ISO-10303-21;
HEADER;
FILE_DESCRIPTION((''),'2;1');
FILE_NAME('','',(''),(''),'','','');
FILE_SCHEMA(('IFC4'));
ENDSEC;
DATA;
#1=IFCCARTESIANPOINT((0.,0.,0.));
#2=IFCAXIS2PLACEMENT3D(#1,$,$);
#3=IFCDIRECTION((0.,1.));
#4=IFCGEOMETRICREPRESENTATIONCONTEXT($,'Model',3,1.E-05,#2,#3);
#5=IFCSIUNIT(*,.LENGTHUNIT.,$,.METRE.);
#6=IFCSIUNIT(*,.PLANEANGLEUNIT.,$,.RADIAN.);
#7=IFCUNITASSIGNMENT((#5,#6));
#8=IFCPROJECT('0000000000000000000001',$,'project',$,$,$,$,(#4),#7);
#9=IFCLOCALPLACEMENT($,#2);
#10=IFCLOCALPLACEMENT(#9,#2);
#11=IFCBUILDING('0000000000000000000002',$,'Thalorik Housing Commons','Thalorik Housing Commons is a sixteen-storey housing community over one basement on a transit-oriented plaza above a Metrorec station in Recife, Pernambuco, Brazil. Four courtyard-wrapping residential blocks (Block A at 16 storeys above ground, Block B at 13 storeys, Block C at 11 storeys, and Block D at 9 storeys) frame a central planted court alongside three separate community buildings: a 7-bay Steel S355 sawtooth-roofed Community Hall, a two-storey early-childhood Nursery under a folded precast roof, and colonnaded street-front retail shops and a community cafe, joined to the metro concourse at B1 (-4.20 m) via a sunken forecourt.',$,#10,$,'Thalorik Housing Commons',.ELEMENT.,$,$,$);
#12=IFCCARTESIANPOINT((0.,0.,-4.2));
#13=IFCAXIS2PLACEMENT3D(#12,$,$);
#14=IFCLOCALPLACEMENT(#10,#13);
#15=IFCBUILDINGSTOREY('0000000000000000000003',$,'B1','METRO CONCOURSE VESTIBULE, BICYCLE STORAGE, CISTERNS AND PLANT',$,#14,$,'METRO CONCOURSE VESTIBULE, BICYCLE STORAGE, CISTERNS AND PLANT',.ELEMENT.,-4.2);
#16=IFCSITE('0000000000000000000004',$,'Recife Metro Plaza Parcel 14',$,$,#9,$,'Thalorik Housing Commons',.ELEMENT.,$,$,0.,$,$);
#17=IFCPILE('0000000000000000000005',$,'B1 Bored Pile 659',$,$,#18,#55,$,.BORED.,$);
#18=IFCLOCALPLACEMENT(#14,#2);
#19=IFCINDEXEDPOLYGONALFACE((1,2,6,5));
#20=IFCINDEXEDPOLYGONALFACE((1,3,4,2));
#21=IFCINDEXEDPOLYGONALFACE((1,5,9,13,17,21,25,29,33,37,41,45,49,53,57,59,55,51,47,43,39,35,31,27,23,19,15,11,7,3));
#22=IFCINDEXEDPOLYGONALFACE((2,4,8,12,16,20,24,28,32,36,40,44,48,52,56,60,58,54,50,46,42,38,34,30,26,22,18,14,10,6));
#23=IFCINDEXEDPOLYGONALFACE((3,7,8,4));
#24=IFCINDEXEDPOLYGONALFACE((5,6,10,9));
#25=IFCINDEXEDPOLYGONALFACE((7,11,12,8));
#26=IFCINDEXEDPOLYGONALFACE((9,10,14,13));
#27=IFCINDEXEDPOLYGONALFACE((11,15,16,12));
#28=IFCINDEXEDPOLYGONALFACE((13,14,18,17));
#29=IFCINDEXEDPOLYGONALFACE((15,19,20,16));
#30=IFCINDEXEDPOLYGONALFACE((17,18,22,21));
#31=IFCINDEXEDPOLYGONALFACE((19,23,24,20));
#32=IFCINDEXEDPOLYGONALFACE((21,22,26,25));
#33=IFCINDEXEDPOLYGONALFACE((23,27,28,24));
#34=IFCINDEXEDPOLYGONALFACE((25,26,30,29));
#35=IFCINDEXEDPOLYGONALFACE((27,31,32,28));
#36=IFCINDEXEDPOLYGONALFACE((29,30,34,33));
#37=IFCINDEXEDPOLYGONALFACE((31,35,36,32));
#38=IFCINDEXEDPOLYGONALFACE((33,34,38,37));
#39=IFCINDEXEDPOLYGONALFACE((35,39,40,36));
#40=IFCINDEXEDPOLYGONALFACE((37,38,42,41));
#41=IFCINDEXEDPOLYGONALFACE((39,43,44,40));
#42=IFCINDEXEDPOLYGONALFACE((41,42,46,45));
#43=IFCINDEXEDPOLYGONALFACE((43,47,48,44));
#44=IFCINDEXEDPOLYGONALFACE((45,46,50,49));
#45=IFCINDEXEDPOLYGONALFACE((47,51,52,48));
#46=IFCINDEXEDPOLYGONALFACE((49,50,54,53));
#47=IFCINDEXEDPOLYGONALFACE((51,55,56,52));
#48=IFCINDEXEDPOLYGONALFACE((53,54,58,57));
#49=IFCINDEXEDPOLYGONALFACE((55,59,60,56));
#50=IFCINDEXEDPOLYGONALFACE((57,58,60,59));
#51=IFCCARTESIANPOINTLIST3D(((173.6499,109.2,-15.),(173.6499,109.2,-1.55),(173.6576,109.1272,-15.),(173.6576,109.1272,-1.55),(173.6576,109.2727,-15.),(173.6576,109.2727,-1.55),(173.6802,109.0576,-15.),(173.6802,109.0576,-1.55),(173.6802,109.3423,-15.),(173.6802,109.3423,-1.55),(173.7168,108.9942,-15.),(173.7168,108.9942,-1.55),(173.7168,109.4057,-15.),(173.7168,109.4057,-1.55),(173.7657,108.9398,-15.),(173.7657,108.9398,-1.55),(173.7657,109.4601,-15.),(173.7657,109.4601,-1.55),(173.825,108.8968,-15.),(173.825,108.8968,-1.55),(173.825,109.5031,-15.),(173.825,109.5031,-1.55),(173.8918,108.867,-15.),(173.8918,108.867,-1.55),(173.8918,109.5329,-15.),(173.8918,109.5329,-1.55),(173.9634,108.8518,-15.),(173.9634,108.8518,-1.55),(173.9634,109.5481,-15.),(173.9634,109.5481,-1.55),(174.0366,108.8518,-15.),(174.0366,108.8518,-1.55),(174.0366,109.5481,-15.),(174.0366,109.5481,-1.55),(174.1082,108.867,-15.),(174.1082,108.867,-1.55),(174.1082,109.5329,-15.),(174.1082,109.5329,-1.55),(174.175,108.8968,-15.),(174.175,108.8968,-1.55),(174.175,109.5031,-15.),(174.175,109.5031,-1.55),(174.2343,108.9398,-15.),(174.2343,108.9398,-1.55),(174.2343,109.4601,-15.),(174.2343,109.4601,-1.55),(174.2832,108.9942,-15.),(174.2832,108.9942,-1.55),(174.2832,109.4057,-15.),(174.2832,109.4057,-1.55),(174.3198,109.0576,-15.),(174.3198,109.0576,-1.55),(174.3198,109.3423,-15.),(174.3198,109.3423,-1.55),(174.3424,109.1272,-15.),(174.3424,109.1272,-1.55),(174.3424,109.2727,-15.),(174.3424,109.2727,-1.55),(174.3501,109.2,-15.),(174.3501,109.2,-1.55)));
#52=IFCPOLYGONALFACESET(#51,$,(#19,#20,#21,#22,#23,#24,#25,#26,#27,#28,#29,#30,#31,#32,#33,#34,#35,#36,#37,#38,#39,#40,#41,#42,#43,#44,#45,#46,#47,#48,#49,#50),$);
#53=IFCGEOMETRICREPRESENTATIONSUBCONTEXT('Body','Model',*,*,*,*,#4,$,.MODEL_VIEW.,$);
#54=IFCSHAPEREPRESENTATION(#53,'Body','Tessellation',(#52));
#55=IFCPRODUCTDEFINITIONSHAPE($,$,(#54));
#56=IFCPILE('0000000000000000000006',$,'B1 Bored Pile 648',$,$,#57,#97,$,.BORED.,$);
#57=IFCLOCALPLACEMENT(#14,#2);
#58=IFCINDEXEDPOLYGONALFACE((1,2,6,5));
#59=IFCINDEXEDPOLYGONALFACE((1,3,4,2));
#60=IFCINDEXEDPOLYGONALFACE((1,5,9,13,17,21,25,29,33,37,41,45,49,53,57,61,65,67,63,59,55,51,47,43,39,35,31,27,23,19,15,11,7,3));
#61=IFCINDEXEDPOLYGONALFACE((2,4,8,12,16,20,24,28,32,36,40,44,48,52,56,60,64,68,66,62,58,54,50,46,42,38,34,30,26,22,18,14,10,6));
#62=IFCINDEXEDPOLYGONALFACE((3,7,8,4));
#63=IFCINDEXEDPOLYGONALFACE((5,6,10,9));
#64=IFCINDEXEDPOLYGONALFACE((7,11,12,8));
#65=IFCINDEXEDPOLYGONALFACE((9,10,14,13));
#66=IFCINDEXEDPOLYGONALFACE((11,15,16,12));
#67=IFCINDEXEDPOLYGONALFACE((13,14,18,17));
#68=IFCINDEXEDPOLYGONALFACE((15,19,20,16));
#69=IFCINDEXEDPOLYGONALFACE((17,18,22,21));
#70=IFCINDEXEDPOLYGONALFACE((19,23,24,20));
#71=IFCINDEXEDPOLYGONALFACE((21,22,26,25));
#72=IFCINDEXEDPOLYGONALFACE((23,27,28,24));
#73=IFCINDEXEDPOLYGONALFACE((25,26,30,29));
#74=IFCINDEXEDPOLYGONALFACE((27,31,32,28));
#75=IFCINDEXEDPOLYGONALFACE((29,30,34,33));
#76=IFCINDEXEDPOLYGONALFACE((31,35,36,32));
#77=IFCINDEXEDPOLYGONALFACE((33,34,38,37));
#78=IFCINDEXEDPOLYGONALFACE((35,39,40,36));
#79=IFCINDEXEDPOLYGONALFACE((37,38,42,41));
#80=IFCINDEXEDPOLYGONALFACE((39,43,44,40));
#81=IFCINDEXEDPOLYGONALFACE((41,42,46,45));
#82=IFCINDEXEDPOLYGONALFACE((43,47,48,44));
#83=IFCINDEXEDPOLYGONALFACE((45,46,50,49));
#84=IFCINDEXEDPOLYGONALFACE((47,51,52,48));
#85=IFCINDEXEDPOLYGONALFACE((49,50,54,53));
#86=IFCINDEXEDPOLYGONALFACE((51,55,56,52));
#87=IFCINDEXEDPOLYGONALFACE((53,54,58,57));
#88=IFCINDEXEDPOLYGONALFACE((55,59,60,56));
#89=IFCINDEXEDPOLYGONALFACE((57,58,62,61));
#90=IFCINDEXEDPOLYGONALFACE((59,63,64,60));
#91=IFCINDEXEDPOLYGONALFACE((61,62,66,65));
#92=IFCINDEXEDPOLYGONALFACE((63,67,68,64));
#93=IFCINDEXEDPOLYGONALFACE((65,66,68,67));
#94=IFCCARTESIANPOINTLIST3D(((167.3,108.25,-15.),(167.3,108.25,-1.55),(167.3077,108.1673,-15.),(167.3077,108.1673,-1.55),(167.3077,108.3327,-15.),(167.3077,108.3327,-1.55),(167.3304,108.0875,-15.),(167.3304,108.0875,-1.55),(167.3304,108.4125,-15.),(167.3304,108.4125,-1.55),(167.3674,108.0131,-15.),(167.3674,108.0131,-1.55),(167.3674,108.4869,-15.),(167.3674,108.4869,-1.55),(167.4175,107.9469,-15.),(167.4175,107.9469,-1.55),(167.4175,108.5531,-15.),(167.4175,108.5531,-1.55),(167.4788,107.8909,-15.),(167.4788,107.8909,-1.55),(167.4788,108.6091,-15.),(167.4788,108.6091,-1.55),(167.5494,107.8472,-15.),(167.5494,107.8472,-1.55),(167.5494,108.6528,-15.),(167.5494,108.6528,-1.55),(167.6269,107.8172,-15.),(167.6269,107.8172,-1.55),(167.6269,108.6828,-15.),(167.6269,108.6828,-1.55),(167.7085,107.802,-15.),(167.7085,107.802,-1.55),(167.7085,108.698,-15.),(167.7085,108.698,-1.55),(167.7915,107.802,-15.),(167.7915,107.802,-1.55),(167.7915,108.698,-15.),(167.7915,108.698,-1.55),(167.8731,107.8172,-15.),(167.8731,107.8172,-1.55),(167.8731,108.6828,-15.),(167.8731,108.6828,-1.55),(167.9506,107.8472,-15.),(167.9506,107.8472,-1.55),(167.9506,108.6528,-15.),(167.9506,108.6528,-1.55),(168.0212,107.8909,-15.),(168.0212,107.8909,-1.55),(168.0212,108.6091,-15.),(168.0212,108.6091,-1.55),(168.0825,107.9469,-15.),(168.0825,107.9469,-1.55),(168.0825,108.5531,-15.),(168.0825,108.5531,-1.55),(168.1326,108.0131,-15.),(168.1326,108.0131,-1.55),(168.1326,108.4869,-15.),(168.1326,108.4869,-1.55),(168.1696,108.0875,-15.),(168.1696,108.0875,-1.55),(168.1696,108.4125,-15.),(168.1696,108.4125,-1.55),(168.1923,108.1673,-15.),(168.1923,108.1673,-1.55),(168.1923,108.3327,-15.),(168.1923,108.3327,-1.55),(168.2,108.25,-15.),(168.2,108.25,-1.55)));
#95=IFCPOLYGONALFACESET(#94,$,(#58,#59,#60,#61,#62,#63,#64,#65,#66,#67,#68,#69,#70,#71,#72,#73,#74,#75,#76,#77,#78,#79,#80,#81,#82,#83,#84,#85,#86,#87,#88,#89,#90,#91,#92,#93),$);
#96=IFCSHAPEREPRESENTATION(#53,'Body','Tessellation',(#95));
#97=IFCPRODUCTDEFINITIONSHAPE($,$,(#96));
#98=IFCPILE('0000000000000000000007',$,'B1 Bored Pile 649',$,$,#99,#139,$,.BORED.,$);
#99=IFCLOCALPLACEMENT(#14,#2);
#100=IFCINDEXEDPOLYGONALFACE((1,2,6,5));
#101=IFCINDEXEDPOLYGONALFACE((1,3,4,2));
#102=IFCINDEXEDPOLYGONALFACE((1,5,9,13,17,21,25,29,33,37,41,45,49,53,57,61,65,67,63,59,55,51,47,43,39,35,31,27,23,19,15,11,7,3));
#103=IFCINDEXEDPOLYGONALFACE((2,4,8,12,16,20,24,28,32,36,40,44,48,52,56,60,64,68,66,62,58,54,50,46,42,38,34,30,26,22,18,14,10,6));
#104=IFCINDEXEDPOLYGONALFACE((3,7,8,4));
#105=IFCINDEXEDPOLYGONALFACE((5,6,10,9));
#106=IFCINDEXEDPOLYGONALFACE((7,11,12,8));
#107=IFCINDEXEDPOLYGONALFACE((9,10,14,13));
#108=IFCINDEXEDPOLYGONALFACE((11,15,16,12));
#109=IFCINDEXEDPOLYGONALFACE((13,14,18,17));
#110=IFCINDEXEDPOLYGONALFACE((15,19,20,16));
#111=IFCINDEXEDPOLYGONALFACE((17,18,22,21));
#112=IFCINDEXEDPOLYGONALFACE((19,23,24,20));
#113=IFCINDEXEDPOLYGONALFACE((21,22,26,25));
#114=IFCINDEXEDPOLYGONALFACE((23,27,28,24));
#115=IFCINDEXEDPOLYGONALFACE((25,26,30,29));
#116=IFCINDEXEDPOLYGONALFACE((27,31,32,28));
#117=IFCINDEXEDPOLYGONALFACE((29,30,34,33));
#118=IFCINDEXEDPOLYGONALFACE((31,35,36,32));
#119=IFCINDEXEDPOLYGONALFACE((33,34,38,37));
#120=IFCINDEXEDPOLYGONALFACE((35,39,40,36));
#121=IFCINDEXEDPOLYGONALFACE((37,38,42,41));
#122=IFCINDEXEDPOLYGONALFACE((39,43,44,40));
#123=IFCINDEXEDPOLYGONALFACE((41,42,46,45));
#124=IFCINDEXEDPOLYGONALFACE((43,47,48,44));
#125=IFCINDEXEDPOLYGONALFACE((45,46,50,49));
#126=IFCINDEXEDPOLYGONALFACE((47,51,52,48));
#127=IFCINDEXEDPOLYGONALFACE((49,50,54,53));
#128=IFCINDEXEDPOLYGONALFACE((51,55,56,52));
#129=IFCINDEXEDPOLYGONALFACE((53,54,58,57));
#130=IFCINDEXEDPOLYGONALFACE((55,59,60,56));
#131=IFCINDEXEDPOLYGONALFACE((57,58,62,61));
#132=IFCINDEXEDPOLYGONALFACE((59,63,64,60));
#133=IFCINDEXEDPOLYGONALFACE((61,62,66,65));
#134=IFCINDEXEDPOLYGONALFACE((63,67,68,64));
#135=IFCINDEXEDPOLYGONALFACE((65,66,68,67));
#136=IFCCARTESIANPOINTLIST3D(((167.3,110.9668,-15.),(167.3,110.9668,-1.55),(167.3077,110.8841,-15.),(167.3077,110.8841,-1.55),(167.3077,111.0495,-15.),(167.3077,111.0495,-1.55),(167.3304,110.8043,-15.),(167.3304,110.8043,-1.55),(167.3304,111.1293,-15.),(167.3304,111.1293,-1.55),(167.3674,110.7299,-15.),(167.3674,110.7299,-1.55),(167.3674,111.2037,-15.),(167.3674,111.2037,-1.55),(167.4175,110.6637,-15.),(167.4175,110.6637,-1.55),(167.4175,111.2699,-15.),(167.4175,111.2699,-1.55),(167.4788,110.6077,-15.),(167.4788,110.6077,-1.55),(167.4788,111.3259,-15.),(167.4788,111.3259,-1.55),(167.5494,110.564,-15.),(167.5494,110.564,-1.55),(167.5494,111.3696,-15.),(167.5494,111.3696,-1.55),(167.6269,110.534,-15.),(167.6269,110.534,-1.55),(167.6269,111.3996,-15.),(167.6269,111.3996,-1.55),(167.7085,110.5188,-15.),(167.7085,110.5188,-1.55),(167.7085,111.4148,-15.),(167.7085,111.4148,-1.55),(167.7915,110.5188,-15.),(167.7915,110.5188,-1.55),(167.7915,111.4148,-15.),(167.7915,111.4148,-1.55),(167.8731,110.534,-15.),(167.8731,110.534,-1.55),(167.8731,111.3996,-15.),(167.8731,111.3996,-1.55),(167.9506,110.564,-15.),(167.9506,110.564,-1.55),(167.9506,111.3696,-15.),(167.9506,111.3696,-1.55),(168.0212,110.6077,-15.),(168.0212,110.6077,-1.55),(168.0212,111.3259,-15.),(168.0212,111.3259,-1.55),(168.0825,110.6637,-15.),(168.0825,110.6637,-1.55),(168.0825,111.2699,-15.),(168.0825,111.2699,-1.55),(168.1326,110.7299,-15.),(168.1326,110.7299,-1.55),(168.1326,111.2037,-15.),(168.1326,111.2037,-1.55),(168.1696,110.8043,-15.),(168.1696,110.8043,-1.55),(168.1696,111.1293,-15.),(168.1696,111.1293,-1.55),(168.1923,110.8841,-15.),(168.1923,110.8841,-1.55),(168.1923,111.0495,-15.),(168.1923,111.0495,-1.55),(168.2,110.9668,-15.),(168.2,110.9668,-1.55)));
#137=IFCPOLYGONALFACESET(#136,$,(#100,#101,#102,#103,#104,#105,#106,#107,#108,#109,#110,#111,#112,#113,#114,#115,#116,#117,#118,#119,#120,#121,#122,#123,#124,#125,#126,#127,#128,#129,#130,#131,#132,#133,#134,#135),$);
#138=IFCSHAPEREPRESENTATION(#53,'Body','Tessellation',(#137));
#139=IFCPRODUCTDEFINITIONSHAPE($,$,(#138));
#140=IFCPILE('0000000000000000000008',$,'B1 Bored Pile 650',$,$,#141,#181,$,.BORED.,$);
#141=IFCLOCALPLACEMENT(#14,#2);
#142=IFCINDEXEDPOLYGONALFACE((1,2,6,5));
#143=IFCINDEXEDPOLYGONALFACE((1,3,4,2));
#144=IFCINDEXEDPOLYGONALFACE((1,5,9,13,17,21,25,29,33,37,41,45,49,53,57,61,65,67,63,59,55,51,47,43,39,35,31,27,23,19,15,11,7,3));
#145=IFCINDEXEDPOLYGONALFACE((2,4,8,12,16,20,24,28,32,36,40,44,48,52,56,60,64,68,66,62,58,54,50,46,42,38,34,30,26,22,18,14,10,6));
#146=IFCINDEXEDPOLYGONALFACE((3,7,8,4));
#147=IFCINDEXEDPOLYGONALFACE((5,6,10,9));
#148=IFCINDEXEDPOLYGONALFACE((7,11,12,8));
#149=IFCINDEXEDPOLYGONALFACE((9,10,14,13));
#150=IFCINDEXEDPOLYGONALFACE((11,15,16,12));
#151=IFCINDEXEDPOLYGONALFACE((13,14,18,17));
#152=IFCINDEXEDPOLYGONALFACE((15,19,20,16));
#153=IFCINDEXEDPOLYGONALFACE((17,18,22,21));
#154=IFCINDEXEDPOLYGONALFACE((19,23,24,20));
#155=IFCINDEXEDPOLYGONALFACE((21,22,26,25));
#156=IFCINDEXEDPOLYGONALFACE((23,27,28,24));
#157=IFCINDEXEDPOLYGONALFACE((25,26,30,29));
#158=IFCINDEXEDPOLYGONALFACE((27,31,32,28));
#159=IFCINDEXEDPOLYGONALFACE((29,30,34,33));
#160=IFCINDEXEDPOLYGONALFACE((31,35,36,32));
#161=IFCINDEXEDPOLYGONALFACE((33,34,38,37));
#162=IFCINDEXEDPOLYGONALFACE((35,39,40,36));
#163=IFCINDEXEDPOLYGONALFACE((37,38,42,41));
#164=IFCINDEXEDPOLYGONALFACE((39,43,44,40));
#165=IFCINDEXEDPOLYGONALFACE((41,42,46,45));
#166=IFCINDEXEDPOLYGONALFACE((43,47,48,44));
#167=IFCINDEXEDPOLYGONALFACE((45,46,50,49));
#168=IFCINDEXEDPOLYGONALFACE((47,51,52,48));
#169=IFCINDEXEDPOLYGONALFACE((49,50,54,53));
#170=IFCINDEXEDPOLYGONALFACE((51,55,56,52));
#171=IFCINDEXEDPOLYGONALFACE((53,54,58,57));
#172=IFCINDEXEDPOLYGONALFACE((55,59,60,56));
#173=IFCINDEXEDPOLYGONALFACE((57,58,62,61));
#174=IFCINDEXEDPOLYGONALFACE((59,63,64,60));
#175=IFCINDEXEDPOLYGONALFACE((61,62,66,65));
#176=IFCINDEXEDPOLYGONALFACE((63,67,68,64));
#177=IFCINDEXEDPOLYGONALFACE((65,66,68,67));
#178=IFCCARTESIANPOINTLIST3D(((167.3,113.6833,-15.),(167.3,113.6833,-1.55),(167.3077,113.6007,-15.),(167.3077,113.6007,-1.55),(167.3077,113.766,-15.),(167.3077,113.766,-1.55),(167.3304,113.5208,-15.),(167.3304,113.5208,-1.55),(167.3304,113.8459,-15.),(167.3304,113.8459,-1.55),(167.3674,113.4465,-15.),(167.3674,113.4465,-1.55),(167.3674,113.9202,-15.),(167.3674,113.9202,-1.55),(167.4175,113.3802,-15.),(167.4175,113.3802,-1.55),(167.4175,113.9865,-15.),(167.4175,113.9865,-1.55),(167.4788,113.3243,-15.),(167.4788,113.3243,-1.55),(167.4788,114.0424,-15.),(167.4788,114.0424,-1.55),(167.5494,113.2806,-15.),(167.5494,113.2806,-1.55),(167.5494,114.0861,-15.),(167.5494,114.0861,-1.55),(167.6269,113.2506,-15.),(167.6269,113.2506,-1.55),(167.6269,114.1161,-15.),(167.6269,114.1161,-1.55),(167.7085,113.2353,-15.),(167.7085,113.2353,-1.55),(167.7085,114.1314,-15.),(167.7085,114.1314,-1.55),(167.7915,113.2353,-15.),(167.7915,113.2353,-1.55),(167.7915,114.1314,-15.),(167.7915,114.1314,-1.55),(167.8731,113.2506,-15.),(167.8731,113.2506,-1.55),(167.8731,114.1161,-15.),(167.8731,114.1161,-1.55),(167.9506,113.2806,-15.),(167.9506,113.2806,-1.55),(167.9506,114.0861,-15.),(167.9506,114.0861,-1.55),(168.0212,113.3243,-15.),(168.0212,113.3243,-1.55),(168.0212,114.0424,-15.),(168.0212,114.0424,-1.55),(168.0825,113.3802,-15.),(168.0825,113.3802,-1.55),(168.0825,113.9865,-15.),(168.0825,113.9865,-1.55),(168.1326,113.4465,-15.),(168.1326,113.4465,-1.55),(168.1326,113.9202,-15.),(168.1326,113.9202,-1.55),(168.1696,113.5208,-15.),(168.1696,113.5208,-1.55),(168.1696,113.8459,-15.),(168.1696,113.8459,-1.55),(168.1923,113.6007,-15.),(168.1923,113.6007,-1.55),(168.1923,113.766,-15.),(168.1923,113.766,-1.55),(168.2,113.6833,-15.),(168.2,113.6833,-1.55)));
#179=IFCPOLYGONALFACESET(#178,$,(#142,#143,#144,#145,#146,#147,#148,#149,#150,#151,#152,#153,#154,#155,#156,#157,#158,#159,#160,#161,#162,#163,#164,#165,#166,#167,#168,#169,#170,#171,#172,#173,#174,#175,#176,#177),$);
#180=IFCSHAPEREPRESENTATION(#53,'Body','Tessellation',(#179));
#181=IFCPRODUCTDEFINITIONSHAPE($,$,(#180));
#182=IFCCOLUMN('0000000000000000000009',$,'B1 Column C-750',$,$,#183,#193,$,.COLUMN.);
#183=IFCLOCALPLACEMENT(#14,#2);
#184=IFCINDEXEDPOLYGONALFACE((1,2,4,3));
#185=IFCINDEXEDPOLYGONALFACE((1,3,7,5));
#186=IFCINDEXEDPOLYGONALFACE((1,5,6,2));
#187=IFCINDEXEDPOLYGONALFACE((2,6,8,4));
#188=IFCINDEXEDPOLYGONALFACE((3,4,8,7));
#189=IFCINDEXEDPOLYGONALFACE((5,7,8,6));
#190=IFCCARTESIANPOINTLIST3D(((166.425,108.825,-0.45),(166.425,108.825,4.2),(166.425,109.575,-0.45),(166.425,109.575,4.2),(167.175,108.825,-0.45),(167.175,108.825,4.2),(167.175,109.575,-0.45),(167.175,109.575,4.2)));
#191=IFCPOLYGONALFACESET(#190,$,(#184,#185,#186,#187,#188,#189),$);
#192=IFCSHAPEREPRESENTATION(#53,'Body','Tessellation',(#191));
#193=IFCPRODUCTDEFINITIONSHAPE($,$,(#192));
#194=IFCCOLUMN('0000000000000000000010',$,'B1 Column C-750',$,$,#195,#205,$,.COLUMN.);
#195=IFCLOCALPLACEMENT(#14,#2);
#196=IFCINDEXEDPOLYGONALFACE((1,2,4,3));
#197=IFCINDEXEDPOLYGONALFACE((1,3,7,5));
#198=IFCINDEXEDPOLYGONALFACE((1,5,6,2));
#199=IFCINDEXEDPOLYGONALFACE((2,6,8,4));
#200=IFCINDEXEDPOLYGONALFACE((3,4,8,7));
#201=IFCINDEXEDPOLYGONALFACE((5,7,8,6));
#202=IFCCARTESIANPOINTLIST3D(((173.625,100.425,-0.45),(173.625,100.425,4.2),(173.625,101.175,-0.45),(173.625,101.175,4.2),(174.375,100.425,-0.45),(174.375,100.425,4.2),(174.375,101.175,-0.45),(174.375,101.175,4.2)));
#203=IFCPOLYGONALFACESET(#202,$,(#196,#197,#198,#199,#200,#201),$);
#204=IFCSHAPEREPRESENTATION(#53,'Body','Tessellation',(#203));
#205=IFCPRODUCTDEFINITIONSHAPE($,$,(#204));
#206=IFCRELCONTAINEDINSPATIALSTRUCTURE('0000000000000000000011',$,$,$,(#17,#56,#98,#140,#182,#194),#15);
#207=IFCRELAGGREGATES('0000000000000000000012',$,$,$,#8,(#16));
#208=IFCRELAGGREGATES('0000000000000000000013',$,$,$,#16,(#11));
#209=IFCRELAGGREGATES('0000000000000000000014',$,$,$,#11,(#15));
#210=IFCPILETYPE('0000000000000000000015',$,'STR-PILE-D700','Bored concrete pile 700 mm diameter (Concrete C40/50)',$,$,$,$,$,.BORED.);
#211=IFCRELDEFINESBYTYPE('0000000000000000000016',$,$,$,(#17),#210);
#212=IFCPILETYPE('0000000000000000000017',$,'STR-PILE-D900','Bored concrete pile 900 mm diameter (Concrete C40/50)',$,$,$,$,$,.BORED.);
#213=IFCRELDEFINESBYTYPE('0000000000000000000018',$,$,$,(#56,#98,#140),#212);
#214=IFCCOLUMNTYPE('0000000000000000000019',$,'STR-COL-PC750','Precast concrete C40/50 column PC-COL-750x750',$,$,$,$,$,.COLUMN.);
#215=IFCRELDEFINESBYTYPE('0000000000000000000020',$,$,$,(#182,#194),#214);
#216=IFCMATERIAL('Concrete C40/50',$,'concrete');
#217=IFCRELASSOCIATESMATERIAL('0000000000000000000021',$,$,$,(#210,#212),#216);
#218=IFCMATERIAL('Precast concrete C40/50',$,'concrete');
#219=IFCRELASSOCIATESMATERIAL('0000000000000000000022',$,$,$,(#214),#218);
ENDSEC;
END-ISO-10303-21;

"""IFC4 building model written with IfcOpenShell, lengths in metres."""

from ifc_helpers import new_model, si_unit, direction, frame, origin, origin_2d, place, context, subcontext, project, spatial, rectangle, circle, extrude, material, material_profile, profile_set, type_object, element, save


model = new_model("IFC4")

# Units and contexts
model_context = context("Model", 3, precision=1e-05, world=origin(), true_north=direction((0.0, 1.0)))
body_context = subcontext(model_context, "Body", "Model", "MODEL_VIEW")
ifc_project = project(units=[si_unit("LENGTHUNIT", "METRE"), si_unit("PLANEANGLEUNIT", "RADIAN")], contexts=[model_context])

# Site, building, storey
site_placement = place(None, origin())
site = spatial("IfcSite", under=ifc_project, at=site_placement, Name="Recife Metro Plaza Parcel 14", LongName="Thalorik Housing Commons", CompositionType="ELEMENT", RefElevation=0.0)
building_placement = place(site_placement, origin())
building = spatial("IfcBuilding", under=site, at=building_placement, Name="Thalorik Housing Commons", Description="Thalorik Housing Commons is a sixteen-storey housing community over one basement on a transit-oriented plaza above a Metrorec station in Recife, Pernambuco, Brazil. Four courtyard-wrapping residential blocks (Block A at 16 storeys above ground, Block B at 13 storeys, Block C at 11 storeys, and Block D at 9 storeys) frame a central planted court alongside three separate community buildings: a 7-bay Steel S355 sawtooth-roofed Community Hall, a two-storey early-childhood Nursery under a folded precast roof, and colonnaded street-front retail shops and a community cafe, joined to the metro concourse at B1 (-4.20 m) via a sunken forecourt.", LongName="Thalorik Housing Commons", CompositionType="ELEMENT")
storey_placement = place(building_placement, frame((0.0, 0.0, -4.2)))
storey = spatial("IfcBuildingStorey", under=building, at=storey_placement, Name="B1", Description="METRO CONCOURSE VESTIBULE, BICYCLE STORAGE, CISTERNS AND PLANT", LongName="METRO CONCOURSE VESTIBULE, BICYCLE STORAGE, CISTERNS AND PLANT", CompositionType="ELEMENT", Elevation=-4.2)

# Shared definitions
ifc_material_1 = material(Name="Concrete C40/50", Category="concrete")

# Piles
ifc_material_profile_1 = material_profile(ifc_material_1, circle(Radius=0.3501, at=origin_2d()), Name="BORED PILE D700", Category="concrete")
ifc_profile_set_1 = profile_set([ifc_material_profile_1], Name="Concrete C40/50")
pile_type_1 = type_object("IfcPileType", Name="STR-PILE-D700", Description="Bored concrete pile 700 mm diameter (Concrete C40/50)", PredefinedType="BORED", material=ifc_profile_set_1)
for number, where, z_axis, x_axis, name in (
    (1, (174.0, 109.2, -1.55), (0.0, 0.0, -1.0), (1.0, 0.0, 0.0), "B1 Bored Pile 659"),
):
    element("IfcPile", number, at=place(storey_placement, frame(where, z_axis=z_axis, x_axis=x_axis)), inside=storey, type_object=pile_type_1, Name=name, PredefinedType="BORED", context=body_context, shape_type="SweptSolid", body=[
        extrude(circle(Radius=0.3501, at=origin_2d()), origin(), (0.0, 0.0, 1.0), 13.45),
    ])
ifc_material_profile_2 = material_profile(ifc_material_1, circle(Radius=0.45, at=origin_2d()), Name="BORED PILE D900", Category="concrete")
ifc_profile_set_2 = profile_set([ifc_material_profile_2], Name="Concrete C40/50")
pile_type_2 = type_object("IfcPileType", Name="STR-PILE-D900", Description="Bored concrete pile 900 mm diameter (Concrete C40/50)", PredefinedType="BORED", material=ifc_profile_set_2)
for number, where, z_axis, x_axis, name in (
    (2, (167.75, 108.25, -1.55), (0.0, 0.0, -1.0), (1.0, 0.0, 0.0), "B1 Bored Pile 648"),
    (3, (167.75, 110.9668, -1.55), (0.0, 0.0, -1.0), (1.0, 0.0, 0.0), "B1 Bored Pile 649"),
    (4, (167.75, 113.6833, -1.55), (0.0, 0.0, -1.0), (1.0, 0.0, 0.0), "B1 Bored Pile 650"),
):
    element("IfcPile", number, at=place(storey_placement, frame(where, z_axis=z_axis, x_axis=x_axis)), inside=storey, type_object=pile_type_2, Name=name, PredefinedType="BORED", context=body_context, shape_type="SweptSolid", body=[
        extrude(circle(Radius=0.45, at=origin_2d()), origin(), (0.0, 0.0, 1.0), 13.45),
    ])

# Columns
ifc_material_2 = material(Name="Precast concrete C40/50", Category="concrete")
ifc_material_profile_3 = material_profile(ifc_material_2, rectangle(XDim=0.75, YDim=0.75, at=origin_2d()), Name="PC 750x750", Category="concrete")
ifc_profile_set_3 = profile_set([ifc_material_profile_3], Name="Precast concrete C40/50")
column_type = type_object("IfcColumnType", Name="STR-COL-PC750", Description="Precast concrete C40/50 column PC-COL-750x750", PredefinedType="COLUMN", material=ifc_profile_set_3)
for number, where, z_axis, x_axis, name in (
    (5, (166.8, 109.2, -0.45), (0.0, 0.0, 1.0), (1.0, 0.0, 0.0), "B1 Column C-750"),
    (6, (174.0, 100.8, -0.45), (0.0, 0.0, 1.0), (1.0, 0.0, 0.0), "B1 Column C-750"),
):
    element("IfcColumn", number, at=place(storey_placement, frame(where, z_axis=z_axis, x_axis=x_axis)), inside=storey, type_object=column_type, Name=name, PredefinedType="COLUMN", context=body_context, shape_type="SweptSolid", body=[
        extrude(rectangle(XDim=0.75, YDim=0.75, at=origin_2d()), origin(), (0.0, 0.0, 1.0), 4.6499),
    ])

save(model, "model.ifc")
